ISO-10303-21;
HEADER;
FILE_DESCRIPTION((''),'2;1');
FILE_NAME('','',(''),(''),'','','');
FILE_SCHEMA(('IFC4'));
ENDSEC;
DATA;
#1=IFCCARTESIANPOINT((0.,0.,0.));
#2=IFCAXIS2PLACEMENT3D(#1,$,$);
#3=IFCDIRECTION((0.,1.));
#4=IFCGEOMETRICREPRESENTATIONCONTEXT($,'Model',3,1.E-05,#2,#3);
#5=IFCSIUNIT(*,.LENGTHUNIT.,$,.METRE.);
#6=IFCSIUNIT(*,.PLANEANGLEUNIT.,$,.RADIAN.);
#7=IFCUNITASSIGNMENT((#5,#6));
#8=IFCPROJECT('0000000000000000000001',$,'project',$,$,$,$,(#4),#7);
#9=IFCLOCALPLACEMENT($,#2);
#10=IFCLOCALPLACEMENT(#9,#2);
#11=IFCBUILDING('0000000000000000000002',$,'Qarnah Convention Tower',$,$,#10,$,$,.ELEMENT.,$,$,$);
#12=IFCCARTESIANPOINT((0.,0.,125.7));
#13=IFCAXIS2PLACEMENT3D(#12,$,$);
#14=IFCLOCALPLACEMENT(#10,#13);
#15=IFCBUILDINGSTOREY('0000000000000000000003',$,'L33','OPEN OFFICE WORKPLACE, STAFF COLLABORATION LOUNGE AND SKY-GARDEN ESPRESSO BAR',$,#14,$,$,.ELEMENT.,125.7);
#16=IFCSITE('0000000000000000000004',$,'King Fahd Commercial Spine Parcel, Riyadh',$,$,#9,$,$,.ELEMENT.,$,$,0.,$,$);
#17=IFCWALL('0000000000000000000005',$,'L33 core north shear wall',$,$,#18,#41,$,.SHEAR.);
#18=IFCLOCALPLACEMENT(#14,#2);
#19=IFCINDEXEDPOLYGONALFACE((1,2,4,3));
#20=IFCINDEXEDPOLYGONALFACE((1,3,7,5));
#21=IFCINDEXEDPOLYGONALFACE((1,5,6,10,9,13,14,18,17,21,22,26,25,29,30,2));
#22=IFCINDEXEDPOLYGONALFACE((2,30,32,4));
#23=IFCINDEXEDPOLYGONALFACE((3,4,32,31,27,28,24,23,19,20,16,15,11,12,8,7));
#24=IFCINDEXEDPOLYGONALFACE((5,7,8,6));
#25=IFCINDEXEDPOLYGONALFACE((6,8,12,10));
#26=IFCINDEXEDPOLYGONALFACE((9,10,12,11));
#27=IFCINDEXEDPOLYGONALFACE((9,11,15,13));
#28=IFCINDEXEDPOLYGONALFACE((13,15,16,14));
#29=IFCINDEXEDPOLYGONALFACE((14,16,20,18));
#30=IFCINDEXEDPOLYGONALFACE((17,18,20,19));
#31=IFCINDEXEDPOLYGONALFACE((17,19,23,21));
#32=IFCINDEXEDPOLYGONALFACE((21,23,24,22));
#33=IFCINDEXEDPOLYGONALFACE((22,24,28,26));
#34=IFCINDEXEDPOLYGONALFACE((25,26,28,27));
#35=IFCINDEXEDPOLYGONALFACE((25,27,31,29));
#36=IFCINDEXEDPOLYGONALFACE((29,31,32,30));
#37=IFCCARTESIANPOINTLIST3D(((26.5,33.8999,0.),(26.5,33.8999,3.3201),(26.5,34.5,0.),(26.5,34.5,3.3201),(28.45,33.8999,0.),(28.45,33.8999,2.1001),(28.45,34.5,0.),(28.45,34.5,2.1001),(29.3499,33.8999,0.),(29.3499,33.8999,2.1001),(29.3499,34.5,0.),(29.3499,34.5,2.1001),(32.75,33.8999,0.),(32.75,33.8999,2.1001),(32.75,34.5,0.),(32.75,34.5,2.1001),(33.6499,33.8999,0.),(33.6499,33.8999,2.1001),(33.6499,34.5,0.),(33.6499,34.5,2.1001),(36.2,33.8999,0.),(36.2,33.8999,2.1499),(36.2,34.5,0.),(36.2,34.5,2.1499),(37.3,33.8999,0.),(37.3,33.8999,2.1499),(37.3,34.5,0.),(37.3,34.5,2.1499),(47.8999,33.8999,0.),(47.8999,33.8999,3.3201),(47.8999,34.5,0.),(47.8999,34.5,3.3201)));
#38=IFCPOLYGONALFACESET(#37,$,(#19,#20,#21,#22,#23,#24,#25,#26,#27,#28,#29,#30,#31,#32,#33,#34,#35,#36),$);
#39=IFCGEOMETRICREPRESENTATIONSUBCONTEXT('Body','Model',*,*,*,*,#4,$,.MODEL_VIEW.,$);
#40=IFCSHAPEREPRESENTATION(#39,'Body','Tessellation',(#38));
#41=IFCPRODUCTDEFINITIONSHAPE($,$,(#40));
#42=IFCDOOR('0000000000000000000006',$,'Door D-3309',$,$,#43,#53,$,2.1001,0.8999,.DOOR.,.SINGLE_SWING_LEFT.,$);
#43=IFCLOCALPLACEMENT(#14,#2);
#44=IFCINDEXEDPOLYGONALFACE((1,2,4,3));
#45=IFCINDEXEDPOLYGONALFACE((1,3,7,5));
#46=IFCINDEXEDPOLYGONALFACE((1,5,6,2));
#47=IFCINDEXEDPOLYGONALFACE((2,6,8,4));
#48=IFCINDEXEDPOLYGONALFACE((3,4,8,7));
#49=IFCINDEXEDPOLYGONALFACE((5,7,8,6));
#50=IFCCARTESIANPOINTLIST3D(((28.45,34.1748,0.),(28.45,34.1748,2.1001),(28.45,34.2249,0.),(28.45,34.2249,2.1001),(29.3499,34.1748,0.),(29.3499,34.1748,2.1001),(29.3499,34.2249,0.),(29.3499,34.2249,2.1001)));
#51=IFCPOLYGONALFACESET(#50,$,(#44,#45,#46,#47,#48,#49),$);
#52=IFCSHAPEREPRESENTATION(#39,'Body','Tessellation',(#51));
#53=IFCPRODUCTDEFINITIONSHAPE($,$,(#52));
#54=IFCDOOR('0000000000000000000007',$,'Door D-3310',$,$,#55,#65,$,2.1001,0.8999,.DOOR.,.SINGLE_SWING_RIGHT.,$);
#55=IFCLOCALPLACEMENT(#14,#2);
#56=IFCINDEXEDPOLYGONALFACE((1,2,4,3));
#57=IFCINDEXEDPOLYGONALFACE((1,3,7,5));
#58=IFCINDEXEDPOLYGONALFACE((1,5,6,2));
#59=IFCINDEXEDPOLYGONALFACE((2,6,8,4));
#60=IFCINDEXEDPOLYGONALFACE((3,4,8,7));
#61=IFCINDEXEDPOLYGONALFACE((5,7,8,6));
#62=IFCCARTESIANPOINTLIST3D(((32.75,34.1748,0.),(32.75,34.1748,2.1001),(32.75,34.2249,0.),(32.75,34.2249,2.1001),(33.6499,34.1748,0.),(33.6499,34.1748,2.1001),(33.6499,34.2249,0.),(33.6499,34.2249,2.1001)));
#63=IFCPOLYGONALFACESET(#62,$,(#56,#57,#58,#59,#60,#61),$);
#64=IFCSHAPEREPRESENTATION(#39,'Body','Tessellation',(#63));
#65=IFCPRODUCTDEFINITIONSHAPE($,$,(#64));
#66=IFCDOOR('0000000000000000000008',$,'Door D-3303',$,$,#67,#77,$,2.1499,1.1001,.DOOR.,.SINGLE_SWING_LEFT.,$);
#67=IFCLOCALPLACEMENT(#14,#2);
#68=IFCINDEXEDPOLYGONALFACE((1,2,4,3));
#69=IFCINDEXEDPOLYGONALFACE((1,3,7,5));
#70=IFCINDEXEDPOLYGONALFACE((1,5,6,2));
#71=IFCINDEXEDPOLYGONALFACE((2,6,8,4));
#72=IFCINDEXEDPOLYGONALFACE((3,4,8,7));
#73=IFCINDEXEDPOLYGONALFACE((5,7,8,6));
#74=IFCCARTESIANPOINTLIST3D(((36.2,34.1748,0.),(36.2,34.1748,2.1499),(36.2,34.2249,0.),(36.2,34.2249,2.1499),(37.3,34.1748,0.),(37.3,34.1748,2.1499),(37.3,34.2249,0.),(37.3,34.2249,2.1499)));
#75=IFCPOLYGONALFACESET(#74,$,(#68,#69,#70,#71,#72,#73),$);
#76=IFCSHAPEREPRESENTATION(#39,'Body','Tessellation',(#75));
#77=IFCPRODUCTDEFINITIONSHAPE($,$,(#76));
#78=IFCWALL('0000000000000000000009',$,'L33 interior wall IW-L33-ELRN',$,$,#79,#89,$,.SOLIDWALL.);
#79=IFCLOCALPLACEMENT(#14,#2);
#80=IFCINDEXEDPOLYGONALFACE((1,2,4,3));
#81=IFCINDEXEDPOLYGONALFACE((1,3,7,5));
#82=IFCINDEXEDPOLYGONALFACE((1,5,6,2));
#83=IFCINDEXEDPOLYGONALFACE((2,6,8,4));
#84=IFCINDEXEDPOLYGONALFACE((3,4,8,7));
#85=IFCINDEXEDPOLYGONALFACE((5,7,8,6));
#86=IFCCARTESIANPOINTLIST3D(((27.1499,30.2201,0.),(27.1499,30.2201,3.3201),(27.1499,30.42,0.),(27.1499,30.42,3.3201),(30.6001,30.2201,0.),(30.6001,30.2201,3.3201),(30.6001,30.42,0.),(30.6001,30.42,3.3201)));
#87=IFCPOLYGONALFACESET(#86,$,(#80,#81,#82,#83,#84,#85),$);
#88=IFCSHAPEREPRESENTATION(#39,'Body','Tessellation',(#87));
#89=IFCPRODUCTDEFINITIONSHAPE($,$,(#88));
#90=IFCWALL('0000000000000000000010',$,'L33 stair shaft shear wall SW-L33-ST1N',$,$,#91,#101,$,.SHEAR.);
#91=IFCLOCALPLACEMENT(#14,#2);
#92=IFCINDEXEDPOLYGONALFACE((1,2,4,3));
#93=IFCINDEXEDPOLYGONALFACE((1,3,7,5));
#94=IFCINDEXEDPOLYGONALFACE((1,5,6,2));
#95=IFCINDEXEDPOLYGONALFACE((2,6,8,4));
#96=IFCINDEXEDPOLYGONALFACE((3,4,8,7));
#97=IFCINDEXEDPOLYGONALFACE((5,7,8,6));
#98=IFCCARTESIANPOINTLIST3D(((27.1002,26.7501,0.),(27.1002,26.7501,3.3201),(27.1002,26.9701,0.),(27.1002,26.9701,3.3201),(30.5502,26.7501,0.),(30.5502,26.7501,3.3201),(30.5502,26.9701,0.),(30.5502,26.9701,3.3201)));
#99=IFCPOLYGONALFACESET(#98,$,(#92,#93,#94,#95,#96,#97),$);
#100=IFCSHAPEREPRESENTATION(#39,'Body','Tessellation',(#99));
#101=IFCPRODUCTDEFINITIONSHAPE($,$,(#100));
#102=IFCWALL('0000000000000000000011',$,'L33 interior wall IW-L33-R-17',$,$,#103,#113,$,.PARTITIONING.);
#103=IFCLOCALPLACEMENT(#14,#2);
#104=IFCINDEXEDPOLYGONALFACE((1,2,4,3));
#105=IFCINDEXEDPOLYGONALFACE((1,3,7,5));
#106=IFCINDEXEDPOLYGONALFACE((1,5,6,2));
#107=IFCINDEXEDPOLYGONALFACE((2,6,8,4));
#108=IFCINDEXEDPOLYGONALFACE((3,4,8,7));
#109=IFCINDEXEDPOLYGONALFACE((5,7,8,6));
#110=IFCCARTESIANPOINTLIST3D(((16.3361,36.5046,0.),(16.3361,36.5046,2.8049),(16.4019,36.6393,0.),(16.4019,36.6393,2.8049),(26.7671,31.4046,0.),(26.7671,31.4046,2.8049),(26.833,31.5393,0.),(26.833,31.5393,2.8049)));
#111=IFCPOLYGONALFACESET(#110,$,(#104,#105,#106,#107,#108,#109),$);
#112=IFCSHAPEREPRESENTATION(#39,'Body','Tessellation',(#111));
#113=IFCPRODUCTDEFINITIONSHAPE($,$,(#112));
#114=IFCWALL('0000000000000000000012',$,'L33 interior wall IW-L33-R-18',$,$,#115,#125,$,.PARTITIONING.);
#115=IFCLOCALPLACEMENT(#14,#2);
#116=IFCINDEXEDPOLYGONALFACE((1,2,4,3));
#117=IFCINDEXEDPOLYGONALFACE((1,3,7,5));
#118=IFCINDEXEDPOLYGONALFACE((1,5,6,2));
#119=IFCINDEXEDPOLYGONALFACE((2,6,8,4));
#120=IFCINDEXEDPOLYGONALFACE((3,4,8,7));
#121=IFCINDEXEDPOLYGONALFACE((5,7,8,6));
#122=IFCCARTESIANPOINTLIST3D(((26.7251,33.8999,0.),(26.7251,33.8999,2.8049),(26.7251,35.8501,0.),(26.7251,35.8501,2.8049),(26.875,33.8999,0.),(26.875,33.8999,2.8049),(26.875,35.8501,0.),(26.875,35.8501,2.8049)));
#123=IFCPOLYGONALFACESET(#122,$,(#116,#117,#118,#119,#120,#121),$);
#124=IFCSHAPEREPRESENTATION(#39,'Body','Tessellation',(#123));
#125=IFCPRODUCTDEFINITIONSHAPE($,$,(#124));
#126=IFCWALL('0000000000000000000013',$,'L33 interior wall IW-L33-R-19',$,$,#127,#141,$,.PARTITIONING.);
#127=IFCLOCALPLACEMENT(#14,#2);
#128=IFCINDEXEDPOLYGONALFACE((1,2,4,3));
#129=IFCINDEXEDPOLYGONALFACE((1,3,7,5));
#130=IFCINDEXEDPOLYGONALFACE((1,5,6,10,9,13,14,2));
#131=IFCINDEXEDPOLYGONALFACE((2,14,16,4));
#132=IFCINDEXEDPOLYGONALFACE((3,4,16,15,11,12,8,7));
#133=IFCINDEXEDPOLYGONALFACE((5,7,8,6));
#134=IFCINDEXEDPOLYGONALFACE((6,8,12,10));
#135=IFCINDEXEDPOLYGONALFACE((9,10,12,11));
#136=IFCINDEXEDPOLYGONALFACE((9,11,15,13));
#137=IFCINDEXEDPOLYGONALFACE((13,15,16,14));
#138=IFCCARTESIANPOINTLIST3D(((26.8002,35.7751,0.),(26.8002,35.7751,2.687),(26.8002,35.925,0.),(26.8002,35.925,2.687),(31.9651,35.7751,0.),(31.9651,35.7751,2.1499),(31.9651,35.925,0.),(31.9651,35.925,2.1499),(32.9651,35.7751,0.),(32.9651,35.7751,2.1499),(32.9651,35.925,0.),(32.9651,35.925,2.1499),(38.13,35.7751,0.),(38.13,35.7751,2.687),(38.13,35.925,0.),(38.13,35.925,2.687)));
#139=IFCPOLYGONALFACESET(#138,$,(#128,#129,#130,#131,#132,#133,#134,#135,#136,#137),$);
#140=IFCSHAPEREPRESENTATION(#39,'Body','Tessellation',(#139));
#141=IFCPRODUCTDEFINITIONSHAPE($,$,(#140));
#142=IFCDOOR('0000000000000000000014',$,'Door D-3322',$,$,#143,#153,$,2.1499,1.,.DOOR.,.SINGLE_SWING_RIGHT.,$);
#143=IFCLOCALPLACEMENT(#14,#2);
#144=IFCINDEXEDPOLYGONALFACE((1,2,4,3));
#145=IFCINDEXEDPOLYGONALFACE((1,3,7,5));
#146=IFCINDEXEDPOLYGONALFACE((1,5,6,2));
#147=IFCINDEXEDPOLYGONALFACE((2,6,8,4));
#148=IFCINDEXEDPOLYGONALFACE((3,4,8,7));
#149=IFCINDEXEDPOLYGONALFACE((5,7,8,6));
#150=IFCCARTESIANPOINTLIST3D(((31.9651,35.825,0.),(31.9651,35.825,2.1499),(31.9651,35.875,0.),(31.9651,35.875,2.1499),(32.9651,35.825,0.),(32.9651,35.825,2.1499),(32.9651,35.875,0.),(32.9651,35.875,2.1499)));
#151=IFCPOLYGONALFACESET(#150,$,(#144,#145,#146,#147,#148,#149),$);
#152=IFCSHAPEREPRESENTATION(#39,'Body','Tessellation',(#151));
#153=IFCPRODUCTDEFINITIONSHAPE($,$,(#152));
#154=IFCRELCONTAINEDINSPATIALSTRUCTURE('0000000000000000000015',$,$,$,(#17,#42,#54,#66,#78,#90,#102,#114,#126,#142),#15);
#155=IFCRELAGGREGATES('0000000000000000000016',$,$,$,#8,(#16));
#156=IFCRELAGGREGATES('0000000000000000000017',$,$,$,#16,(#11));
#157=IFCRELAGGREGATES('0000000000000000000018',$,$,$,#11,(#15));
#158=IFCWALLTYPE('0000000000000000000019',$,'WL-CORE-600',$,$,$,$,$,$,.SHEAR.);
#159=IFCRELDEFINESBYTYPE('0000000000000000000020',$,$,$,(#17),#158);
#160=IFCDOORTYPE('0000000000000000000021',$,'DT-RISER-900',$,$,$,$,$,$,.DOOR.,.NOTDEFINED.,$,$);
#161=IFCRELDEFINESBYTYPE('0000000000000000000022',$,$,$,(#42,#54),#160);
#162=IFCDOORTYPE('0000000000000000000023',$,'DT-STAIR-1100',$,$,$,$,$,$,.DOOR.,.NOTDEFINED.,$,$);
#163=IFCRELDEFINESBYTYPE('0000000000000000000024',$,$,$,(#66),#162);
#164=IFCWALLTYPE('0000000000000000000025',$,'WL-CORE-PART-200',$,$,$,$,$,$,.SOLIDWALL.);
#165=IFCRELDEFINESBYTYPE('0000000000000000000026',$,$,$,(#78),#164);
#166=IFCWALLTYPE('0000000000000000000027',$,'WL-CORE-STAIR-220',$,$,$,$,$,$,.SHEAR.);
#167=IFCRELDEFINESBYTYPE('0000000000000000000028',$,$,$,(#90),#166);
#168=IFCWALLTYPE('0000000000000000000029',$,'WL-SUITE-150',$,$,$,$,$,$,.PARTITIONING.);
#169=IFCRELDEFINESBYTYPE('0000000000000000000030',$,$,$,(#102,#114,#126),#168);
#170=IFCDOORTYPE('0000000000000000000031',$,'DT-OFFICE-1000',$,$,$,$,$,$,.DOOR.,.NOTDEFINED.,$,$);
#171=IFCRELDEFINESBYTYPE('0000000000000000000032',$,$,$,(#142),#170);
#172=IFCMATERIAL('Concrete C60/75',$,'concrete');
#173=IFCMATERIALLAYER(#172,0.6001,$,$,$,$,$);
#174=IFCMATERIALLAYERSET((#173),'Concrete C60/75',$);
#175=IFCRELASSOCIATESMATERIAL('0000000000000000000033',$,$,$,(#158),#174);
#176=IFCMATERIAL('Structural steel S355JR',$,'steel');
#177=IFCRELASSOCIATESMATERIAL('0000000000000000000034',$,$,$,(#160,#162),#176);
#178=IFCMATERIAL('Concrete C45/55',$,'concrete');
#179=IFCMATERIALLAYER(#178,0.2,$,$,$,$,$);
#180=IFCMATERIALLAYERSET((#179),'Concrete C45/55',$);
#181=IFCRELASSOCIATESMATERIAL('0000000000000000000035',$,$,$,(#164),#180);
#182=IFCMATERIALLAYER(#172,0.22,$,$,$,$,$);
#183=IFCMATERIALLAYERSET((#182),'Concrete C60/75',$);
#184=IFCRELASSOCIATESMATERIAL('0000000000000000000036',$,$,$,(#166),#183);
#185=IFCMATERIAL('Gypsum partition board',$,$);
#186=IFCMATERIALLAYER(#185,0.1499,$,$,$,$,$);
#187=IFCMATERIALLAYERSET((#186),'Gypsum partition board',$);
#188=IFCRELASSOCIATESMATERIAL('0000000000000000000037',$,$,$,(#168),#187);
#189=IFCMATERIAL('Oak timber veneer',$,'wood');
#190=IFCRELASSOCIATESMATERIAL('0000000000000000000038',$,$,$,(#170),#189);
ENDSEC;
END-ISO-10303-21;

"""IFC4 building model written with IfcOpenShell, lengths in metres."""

from ifc_helpers import new_model, si_unit, direction, frame, frame_2d, origin, place, context, subcontext, project, spatial, rectangle, extrude, material, layer, layer_set, type_object, element, fill, save


model = new_model("IFC4")

# Units and contexts
model_context = context("Model", 3, precision=1e-05, world=origin(), true_north=direction((0.0, 1.0)))
body_context = subcontext(model_context, "Body", "Model", "MODEL_VIEW")
ifc_project = project(units=[si_unit("LENGTHUNIT", "METRE"), si_unit("PLANEANGLEUNIT", "RADIAN")], contexts=[model_context])

# Site, building, storey
site_placement = place(None, origin())
site = spatial("IfcSite", under=ifc_project, at=site_placement, Name="King Fahd Commercial Spine Parcel, Riyadh", CompositionType="ELEMENT", RefElevation=0.0)
building_placement = place(site_placement, origin())
building = spatial("IfcBuilding", under=site, at=building_placement, Name="Qarnah Convention Tower", CompositionType="ELEMENT")
storey_placement = place(building_placement, frame((0.0, 0.0, 125.7)))
storey = spatial("IfcBuildingStorey", under=building, at=storey_placement, Name="L33", Description="OPEN OFFICE WORKPLACE, STAFF COLLABORATION LOUNGE AND SKY-GARDEN ESPRESSO BAR", CompositionType="ELEMENT", Elevation=125.7)

# Shared definitions
ifc_material_1 = material(Name="Concrete C60/75", Category="concrete")

# Shared definitions
ifc_material_2 = material(Name="Structural steel S355JR", Category="steel")

# Wall, openings, doors
ifc_layer_1 = layer(ifc_material_1, 0.6001)
ifc_layer_set_1 = layer_set([ifc_layer_1], Name="Concrete C60/75")
wall_type_1 = type_object("IfcWallType", Name="WL-CORE-600", PredefinedType="SHEAR", material=ifc_layer_set_1)
wall_1_placement = place(storey_placement, frame((26.5, 34.2, 0.0), z_axis=(0.0, 0.0, 1.0), x_axis=(1.0, 0.0, 0.0)))
wall_1 = element("IfcWall", 1, at=wall_1_placement, inside=storey, type_object=wall_type_1, Name="L33 core north shear wall", PredefinedType="SHEAR", context=body_context, shape_type="SweptSolid", body=[
    extrude(rectangle(XDim=21.3999, YDim=0.6001, at=frame_2d((10.7, 0.0))), origin(), (0.0, 0.0, 1.0), 3.3201),
])
opening_1_placement = place(wall_1_placement, frame((9.7, 0.0, 0.0)))
opening_1 = element("IfcOpeningElement", 2, at=opening_1_placement, cuts=wall_1, PredefinedType="OPENING", context=body_context, shape_type="SweptSolid", body=[
    extrude(rectangle(XDim=1.1001, YDim=2.1499, at=frame_2d((0.55, 1.075))), frame((0.0, 0.3101, 0.0), z_axis=(0.0, -1.0, 0.0), x_axis=(1.0, 0.0, 0.0)), (0.0, 0.0, 1.0), 0.6201),
])
opening_2_placement = place(wall_1_placement, frame((1.95, 0.0, 0.0)))
opening_2 = element("IfcOpeningElement", 3, at=opening_2_placement, cuts=wall_1, PredefinedType="OPENING", context=body_context, shape_type="SweptSolid", body=[
    extrude(rectangle(XDim=0.8999, YDim=2.1001, at=frame_2d((0.45, 1.05))), frame((0.0, 0.3101, 0.0), z_axis=(0.0, -1.0, 0.0), x_axis=(1.0, 0.0, 0.0)), (0.0, 0.0, 1.0), 0.6201),
])
opening_3_placement = place(wall_1_placement, frame((6.25, 0.0, 0.0)))
opening_3 = element("IfcOpeningElement", 4, at=opening_3_placement, cuts=wall_1, PredefinedType="OPENING", context=body_context, shape_type="SweptSolid", body=[
    extrude(rectangle(XDim=0.8999, YDim=2.1001, at=frame_2d((0.45, 1.05))), frame((0.0, 0.3101, 0.0), z_axis=(0.0, -1.0, 0.0), x_axis=(1.0, 0.0, 0.0)), (0.0, 0.0, 1.0), 0.6201),
])
door_type_1 = type_object("IfcDoorType", Name="DT-RISER-900", OperationType="NOTDEFINED", PredefinedType="DOOR", material=ifc_material_2)
door_1_placement = place(opening_2_placement, origin())
door_1 = element("IfcDoor", 5, at=door_1_placement, inside=storey, type_object=door_type_1, Name="Door D-3309", OperationType="SINGLE_SWING_LEFT", OverallHeight=2.1001, OverallWidth=0.8999, PredefinedType="DOOR", context=body_context, shape_type="SweptSolid", body=[
    extrude(rectangle(XDim=0.8999, YDim=2.1001, at=frame_2d((0.45, 1.05))), frame((0.0, 0.0249, 0.0), z_axis=(0.0, -1.0, 0.0), x_axis=(1.0, 0.0, 0.0)), (0.0, 0.0, 1.0), 0.05),
])
fill(opening_2, door_1)
door_2_placement = place(opening_3_placement, origin())
door_2 = element("IfcDoor", 6, at=door_2_placement, inside=storey, type_object=door_type_1, Name="Door D-3310", OperationType="SINGLE_SWING_RIGHT", OverallHeight=2.1001, OverallWidth=0.8999, PredefinedType="DOOR", context=body_context, shape_type="SweptSolid", body=[
    extrude(rectangle(XDim=0.8999, YDim=2.1001, at=frame_2d((0.45, 1.05))), frame((0.0, 0.0249, 0.0), z_axis=(0.0, -1.0, 0.0), x_axis=(1.0, 0.0, 0.0)), (0.0, 0.0, 1.0), 0.05),
])
fill(opening_3, door_2)
door_type_2 = type_object("IfcDoorType", Name="DT-STAIR-1100", OperationType="NOTDEFINED", PredefinedType="DOOR", material=ifc_material_2)
door_3_placement = place(opening_1_placement, origin())
door_3 = element("IfcDoor", 7, at=door_3_placement, inside=storey, type_object=door_type_2, Name="Door D-3303", OperationType="SINGLE_SWING_LEFT", OverallHeight=2.1499, OverallWidth=1.1001, PredefinedType="DOOR", context=body_context, shape_type="SweptSolid", body=[
    extrude(rectangle(XDim=1.1001, YDim=2.1499, at=frame_2d((0.55, 1.075))), frame((0.0, 0.0249, 0.0), z_axis=(0.0, -1.0, 0.0), x_axis=(1.0, 0.0, 0.0)), (0.0, 0.0, 1.0), 0.05),
])
fill(opening_1, door_3)

# Walls
ifc_material_3 = material(Name="Concrete C45/55", Category="concrete")
ifc_layer_2 = layer(ifc_material_3, 0.2)
ifc_layer_set_2 = layer_set([ifc_layer_2], Name="Concrete C45/55")
wall_type_2 = type_object("IfcWallType", Name="WL-CORE-PART-200", PredefinedType="SOLIDWALL", material=ifc_layer_set_2)
wall_2_placement = place(storey_placement, frame((27.1499, 30.3201, 0.0), z_axis=(0.0, 0.0, 1.0), x_axis=(1.0, 0.0, 0.0)))
element("IfcWall", 8, at=wall_2_placement, inside=storey, type_object=wall_type_2, Name="L33 interior wall IW-L33-ELRN", PredefinedType="SOLIDWALL", context=body_context, shape_type="SweptSolid", body=[
    extrude(rectangle(XDim=3.4502, YDim=0.2, at=frame_2d((1.7251, 0.0))), origin(), (0.0, 0.0, 1.0), 3.3201),
])
ifc_layer_3 = layer(ifc_material_1, 0.22)
ifc_layer_set_3 = layer_set([ifc_layer_3], Name="Concrete C60/75")
wall_type_3 = type_object("IfcWallType", Name="WL-CORE-STAIR-220", PredefinedType="SHEAR", material=ifc_layer_set_3)
wall_3_placement = place(storey_placement, frame((27.1001, 26.8601, 0.0), z_axis=(0.0, 0.0, 1.0), x_axis=(1.0, 0.0, 0.0)))
element("IfcWall", 9, at=wall_3_placement, inside=storey, type_object=wall_type_3, Name="L33 stair shaft shear wall SW-L33-ST1N", PredefinedType="SHEAR", context=body_context, shape_type="SweptSolid", body=[
    extrude(rectangle(XDim=3.45, YDim=0.22, at=frame_2d((1.7251, 0.0))), origin(), (0.0, 0.0, 1.0), 3.3201),
])

# Walls
ifc_material_4 = material(Name="Gypsum partition board")
ifc_layer_4 = layer(ifc_material_4, 0.1499)
ifc_layer_set_4 = layer_set([ifc_layer_4], Name="Gypsum partition board")
wall_type_4 = type_object("IfcWallType", Name="WL-SUITE-150", PredefinedType="PARTITIONING", material=ifc_layer_set_4)
wall_4_placement = place(storey_placement, frame((16.3689, 36.572, 0.0), z_axis=(0.0, 0.0, 1.0), x_axis=(0.89837, -0.43924, 0.0)))
element("IfcWall", 10, at=wall_4_placement, inside=storey, type_object=wall_type_4, Name="L33 interior wall IW-L33-R-17", PredefinedType="PARTITIONING", context=body_context, shape_type="SweptSolid", body=[
    extrude(rectangle(XDim=11.6111, YDim=0.1499, at=frame_2d((5.8057, 0.0))), origin(), (0.0, 0.0, 1.0), 2.8049),
])
wall_5_placement = place(storey_placement, frame((26.8, 33.8999, 0.0), z_axis=(0.0, 0.0, 1.0), x_axis=(0.0, 1.0, 0.0)))
element("IfcWall", 11, at=wall_5_placement, inside=storey, type_object=wall_type_4, Name="L33 interior wall IW-L33-R-18", PredefinedType="PARTITIONING", context=body_context, shape_type="SweptSolid", body=[
    extrude(rectangle(XDim=1.9502, YDim=0.1499, at=frame_2d((0.9751, 0.0))), origin(), (0.0, 0.0, 1.0), 2.8049),
])

# Wall, opening, door
wall_6_placement = place(storey_placement, frame((26.8, 35.8501, 0.0), z_axis=(0.0, 0.0, 1.0), x_axis=(1.0, 0.0, 0.0)))
wall_6 = element("IfcWall", 12, at=wall_6_placement, inside=storey, type_object=wall_type_4, Name="L33 interior wall IW-L33-R-19", PredefinedType="PARTITIONING", context=body_context, shape_type="SweptSolid", body=[
    extrude(rectangle(XDim=11.3298, YDim=0.1499, at=frame_2d((5.665, 0.0))), origin(), (0.0, 0.0, 1.0), 2.687),
])
opening_4_placement = place(wall_6_placement, frame((5.165, 0.0, 0.0)))
opening_4 = element("IfcOpeningElement", 13, at=opening_4_placement, cuts=wall_6, PredefinedType="OPENING", context=body_context, shape_type="SweptSolid", body=[
    extrude(rectangle(XDim=1.0, YDim=2.1499, at=frame_2d((0.5, 1.075))), frame((0.0, 0.085, 0.0), z_axis=(0.0, -1.0, 0.0), x_axis=(1.0, 0.0, 0.0)), (0.0, 0.0, 1.0), 0.1699),
])
ifc_material_5 = material(Name="Oak timber veneer", Category="wood")
door_type_3 = type_object("IfcDoorType", Name="DT-OFFICE-1000", OperationType="NOTDEFINED", PredefinedType="DOOR", material=ifc_material_5)
door_4_placement = place(opening_4_placement, origin())
door_4 = element("IfcDoor", 14, at=door_4_placement, inside=storey, type_object=door_type_3, Name="Door D-3322", OperationType="SINGLE_SWING_RIGHT", OverallHeight=2.1499, OverallWidth=1.0, PredefinedType="DOOR", context=body_context, shape_type="SweptSolid", body=[
    extrude(rectangle(XDim=1.0, YDim=2.1499, at=frame_2d((0.5, 1.075))), frame((0.0, 0.0249, 0.0), z_axis=(0.0, -1.0, 0.0), x_axis=(1.0, 0.0, 0.0)), (0.0, 0.0, 1.0), 0.05),
])
fill(opening_4, door_4)

save(model, "model.ifc")
